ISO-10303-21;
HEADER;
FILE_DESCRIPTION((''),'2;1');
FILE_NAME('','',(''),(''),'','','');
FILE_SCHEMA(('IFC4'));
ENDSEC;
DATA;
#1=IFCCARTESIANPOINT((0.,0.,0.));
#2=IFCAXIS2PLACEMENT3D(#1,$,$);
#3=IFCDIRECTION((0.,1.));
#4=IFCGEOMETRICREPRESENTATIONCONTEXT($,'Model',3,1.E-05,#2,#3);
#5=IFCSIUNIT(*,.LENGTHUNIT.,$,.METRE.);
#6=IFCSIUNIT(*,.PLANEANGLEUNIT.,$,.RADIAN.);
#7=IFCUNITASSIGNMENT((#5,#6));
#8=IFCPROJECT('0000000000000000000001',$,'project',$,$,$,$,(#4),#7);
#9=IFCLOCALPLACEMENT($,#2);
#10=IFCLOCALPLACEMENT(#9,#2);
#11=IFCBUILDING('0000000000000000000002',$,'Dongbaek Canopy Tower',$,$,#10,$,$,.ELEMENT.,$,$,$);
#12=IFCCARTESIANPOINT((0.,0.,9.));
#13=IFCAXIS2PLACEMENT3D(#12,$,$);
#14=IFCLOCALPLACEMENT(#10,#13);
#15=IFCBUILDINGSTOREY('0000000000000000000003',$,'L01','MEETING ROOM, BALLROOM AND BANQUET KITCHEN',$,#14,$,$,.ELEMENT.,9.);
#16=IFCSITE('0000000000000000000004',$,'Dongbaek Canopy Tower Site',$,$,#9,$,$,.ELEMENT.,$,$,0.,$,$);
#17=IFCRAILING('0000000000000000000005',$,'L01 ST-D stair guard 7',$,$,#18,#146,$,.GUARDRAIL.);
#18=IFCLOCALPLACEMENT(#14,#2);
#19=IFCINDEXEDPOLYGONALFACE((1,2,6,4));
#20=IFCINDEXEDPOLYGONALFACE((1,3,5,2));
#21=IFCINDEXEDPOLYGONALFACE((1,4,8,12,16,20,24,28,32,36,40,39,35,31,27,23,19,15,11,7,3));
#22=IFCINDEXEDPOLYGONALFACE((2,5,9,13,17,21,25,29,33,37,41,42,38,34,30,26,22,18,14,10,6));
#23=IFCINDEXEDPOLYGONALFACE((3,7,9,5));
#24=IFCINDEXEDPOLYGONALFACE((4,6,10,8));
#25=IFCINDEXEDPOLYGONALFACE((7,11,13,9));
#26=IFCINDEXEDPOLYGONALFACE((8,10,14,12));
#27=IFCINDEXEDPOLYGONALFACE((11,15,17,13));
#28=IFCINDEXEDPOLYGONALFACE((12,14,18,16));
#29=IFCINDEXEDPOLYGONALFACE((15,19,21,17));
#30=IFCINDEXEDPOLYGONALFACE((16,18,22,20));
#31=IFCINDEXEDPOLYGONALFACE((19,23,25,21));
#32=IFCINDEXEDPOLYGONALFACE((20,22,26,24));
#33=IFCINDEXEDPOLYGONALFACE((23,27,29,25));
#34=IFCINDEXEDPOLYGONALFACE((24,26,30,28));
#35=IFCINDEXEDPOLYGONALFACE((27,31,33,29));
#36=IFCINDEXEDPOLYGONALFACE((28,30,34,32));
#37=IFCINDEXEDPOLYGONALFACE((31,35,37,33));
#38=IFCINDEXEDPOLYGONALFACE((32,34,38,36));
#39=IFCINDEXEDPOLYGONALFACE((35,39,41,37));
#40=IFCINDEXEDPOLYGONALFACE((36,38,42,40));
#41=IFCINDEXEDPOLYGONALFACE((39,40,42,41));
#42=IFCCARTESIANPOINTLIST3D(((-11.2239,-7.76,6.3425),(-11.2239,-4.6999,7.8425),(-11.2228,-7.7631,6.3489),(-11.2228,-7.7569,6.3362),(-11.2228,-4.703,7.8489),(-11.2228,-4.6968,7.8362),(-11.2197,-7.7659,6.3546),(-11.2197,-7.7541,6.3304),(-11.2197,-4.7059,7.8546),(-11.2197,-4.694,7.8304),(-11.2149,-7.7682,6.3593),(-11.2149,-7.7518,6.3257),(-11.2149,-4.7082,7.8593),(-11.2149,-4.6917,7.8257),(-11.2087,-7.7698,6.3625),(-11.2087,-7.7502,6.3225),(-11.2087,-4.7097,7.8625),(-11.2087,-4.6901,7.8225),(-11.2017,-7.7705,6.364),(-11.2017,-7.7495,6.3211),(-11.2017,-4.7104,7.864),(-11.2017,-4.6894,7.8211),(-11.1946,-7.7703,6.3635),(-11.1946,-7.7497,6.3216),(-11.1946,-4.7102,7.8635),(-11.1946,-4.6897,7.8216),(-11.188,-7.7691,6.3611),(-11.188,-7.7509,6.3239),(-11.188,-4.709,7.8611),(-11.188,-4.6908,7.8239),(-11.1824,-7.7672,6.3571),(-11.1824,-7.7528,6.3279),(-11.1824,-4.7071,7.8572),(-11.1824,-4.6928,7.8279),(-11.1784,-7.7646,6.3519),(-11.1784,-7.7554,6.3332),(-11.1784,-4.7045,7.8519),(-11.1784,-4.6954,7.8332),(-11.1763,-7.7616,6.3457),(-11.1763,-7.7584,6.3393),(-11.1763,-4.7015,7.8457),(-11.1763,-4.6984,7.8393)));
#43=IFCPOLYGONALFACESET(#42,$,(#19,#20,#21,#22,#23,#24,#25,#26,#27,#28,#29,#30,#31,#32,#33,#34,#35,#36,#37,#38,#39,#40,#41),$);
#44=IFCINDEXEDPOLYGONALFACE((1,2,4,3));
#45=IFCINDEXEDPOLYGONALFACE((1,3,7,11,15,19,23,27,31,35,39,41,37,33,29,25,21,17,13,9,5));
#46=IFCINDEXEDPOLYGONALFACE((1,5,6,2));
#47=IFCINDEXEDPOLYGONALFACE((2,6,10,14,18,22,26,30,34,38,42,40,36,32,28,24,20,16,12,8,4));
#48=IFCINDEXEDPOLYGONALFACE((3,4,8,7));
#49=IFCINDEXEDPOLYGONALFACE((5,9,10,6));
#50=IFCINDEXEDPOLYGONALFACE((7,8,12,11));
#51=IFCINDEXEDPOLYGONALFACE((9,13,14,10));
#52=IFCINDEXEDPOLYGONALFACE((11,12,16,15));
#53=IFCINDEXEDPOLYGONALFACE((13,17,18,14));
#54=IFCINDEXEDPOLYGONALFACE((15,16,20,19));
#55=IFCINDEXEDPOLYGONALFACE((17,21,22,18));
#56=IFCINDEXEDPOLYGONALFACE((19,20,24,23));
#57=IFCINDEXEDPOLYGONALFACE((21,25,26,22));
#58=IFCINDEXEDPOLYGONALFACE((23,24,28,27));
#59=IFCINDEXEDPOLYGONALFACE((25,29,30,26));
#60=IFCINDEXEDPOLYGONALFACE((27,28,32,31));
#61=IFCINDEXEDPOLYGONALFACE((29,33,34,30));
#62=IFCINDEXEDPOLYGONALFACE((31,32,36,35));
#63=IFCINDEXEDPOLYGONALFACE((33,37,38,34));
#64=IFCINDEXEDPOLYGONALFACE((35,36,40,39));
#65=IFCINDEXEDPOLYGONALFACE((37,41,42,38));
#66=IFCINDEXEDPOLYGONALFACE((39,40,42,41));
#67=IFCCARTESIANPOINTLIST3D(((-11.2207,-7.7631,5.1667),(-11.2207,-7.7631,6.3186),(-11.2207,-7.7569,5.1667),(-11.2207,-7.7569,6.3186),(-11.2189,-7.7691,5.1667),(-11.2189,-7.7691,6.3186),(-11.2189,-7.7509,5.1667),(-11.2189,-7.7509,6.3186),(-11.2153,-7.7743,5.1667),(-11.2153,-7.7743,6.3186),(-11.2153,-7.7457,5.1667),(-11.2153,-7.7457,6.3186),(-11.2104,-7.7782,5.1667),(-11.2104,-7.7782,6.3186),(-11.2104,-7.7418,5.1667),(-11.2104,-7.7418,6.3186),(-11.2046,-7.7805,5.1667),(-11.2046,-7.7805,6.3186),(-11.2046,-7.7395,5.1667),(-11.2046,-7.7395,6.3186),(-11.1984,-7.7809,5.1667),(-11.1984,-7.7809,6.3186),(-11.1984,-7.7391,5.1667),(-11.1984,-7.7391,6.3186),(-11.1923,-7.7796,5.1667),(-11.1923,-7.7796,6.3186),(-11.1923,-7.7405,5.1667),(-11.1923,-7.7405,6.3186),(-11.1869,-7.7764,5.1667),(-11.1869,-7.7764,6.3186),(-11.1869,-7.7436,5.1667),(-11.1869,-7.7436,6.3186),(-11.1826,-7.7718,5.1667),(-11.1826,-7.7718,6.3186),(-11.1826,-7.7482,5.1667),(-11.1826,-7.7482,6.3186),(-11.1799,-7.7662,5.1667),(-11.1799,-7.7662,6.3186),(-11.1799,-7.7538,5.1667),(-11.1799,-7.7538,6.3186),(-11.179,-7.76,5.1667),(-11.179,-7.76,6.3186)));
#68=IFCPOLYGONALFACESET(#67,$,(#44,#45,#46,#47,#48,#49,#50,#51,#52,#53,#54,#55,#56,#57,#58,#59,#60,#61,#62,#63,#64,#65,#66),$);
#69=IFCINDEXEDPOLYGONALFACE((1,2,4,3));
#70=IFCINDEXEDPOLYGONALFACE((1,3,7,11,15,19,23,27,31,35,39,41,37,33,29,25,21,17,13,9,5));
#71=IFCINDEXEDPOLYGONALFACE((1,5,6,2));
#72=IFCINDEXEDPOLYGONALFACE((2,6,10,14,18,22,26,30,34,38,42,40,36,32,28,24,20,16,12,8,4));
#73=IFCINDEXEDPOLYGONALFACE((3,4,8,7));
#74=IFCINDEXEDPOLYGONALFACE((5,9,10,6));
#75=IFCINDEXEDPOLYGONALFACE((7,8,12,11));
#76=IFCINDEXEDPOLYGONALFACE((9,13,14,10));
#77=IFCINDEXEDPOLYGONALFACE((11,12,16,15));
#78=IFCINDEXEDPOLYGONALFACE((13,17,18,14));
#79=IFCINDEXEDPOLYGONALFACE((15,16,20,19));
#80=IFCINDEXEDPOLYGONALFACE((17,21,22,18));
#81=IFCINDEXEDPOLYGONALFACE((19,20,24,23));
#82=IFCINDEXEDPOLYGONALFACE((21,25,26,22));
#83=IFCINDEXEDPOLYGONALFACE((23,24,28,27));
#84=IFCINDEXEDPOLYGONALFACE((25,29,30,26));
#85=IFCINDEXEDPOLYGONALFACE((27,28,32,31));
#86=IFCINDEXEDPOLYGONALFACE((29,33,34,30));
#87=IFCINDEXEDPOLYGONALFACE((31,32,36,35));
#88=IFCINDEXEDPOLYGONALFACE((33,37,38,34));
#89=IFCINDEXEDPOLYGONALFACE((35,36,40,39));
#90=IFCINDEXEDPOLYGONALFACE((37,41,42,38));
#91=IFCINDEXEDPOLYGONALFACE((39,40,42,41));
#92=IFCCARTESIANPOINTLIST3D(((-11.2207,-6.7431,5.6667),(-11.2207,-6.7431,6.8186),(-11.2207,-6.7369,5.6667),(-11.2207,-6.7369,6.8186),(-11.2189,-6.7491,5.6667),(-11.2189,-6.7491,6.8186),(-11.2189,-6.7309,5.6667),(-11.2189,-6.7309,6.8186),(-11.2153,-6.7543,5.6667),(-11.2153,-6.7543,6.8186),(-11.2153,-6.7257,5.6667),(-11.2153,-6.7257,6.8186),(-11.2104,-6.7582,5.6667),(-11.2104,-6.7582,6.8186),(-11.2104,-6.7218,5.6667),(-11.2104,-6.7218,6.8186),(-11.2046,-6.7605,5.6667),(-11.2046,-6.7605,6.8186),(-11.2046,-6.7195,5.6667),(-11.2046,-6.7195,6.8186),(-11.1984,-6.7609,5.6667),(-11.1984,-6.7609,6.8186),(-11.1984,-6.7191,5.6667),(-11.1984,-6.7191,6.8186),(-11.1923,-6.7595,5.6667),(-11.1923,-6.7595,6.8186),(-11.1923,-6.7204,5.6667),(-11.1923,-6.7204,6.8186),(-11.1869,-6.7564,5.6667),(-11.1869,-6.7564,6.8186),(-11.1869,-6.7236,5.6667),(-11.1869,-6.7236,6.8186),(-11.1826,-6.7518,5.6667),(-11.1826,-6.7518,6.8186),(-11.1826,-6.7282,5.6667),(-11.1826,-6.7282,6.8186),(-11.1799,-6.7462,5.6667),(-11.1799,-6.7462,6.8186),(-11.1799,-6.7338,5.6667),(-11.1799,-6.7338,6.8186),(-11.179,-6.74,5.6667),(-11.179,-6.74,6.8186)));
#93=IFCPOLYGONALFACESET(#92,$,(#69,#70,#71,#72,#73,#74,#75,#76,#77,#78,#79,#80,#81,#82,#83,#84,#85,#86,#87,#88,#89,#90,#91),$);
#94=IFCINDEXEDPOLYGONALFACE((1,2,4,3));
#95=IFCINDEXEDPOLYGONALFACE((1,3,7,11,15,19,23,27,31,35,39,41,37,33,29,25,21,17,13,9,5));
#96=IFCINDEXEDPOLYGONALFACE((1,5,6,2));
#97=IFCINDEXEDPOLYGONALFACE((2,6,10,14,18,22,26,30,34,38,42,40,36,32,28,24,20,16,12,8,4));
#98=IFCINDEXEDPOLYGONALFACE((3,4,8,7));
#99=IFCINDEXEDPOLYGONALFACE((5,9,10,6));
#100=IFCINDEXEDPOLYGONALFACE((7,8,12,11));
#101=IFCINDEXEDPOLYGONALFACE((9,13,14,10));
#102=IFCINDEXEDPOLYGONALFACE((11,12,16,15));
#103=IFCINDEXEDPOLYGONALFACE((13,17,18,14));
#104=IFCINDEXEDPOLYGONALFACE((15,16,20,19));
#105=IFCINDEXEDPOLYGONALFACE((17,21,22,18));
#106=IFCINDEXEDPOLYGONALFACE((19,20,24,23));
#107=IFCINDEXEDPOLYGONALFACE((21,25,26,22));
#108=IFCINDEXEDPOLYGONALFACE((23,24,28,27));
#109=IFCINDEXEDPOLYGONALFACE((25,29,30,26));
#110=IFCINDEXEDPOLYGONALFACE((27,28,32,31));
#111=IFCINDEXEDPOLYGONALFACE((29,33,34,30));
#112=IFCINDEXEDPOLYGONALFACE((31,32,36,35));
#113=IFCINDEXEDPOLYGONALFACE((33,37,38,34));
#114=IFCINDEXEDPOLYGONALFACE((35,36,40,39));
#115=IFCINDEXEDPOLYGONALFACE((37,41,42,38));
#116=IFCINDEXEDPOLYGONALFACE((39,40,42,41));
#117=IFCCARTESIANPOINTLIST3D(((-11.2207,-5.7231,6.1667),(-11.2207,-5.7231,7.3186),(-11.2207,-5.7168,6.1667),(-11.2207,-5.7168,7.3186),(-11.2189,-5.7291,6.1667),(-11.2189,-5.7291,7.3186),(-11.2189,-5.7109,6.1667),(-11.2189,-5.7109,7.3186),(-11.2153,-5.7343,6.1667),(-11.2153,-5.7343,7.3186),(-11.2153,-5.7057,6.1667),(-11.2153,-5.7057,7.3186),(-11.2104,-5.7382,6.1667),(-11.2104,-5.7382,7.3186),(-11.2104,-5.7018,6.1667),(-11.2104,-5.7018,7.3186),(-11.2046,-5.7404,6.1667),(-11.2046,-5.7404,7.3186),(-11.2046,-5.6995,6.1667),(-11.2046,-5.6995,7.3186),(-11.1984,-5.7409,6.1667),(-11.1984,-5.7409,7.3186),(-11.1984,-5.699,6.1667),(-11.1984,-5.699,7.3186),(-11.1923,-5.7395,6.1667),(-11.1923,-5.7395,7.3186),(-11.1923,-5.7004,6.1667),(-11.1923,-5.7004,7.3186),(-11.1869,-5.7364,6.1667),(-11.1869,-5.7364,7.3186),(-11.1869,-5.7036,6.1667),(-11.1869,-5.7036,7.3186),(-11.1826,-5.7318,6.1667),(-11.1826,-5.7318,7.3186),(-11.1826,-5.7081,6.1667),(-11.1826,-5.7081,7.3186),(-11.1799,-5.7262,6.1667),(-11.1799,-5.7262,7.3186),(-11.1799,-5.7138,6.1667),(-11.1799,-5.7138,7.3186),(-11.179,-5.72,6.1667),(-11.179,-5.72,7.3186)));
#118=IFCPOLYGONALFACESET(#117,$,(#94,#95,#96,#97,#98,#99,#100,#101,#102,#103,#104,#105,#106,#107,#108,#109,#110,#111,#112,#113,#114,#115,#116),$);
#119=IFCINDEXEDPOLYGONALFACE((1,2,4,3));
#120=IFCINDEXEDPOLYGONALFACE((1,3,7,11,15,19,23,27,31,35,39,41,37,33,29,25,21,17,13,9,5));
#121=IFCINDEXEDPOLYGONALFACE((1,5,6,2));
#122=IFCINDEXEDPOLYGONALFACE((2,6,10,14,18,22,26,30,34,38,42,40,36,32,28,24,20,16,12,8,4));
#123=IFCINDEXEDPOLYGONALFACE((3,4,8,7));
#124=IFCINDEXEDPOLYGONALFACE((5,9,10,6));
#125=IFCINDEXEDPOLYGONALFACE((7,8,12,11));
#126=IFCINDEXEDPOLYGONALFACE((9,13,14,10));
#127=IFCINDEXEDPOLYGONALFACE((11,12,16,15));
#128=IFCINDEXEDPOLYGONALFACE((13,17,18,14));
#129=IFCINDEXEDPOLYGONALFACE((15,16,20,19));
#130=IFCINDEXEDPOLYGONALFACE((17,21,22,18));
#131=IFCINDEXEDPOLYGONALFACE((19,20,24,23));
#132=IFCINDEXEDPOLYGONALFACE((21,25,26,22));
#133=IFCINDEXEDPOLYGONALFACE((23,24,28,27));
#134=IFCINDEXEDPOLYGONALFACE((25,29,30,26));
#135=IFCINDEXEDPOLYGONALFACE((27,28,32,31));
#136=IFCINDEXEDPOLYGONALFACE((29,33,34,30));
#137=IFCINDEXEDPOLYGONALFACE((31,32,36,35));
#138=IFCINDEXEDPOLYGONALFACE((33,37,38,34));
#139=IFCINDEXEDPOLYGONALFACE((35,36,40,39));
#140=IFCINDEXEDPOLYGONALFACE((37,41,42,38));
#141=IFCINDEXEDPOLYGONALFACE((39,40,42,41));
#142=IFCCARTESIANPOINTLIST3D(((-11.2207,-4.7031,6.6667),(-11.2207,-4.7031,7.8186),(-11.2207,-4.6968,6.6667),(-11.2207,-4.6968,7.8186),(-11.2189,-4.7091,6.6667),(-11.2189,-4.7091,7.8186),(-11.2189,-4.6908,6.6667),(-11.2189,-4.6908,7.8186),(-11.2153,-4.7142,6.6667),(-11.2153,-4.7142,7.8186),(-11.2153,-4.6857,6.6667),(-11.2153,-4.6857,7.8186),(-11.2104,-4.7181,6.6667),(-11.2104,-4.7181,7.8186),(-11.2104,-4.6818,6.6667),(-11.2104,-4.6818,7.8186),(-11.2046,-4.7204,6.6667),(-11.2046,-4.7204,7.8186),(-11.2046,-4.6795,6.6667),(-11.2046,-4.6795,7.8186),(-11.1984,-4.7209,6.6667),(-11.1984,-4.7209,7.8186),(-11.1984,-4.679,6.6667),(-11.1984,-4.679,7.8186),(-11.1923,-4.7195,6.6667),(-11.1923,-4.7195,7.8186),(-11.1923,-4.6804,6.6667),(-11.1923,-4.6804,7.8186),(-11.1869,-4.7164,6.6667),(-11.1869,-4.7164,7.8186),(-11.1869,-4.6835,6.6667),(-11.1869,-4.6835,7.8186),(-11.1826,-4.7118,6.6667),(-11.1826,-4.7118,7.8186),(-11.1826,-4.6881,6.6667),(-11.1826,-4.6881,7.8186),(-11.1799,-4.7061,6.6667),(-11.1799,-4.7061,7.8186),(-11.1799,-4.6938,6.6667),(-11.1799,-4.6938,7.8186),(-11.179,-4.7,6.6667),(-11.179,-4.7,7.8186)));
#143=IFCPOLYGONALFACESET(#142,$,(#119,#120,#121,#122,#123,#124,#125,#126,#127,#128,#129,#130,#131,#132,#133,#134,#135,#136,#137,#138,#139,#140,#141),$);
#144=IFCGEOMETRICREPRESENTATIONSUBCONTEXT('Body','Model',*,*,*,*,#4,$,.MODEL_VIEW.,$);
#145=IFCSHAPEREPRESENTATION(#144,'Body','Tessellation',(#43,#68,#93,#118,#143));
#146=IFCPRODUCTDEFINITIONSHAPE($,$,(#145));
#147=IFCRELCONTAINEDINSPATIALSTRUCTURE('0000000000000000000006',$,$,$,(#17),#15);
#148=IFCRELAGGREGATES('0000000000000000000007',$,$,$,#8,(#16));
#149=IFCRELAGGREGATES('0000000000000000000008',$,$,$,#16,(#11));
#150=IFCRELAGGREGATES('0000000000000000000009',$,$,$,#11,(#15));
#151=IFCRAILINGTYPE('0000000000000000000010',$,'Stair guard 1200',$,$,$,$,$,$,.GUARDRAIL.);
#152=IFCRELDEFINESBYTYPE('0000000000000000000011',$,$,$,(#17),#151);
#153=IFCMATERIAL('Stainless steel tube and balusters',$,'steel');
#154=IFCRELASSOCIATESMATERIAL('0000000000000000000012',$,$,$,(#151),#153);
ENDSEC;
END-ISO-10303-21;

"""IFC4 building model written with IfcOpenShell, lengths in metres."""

from ifc_helpers import new_model, si_unit, direction, frame, origin, origin_2d, place, context, subcontext, project, spatial, circle, extrude, material, type_object, element, save


model = new_model("IFC4")

# Units and contexts
model_context = context("Model", 3, precision=1e-05, world=origin(), true_north=direction((0.0, 1.0)))
body_context = subcontext(model_context, "Body", "Model", "MODEL_VIEW")
ifc_project = project(units=[si_unit("LENGTHUNIT", "METRE"), si_unit("PLANEANGLEUNIT", "RADIAN")], contexts=[model_context])

# Site, building, storey
site_placement = place(None, origin())
site = spatial("IfcSite", under=ifc_project, at=site_placement, Name="Dongbaek Canopy Tower Site", CompositionType="ELEMENT", RefElevation=0.0)
building_placement = place(site_placement, origin())
building = spatial("IfcBuilding", under=site, at=building_placement, Name="Dongbaek Canopy Tower", CompositionType="ELEMENT")
storey_placement = place(building_placement, frame((0.0, 0.0, 9.0)))
storey = spatial("IfcBuildingStorey", under=building, at=storey_placement, Name="L01", Description="MEETING ROOM, BALLROOM AND BANQUET KITCHEN", CompositionType="ELEMENT", Elevation=9.0)

# Railing
ifc_material_1 = material(Name="Stainless steel tube and balusters", Category="steel")
railing_type_1 = type_object("IfcRailingType", Name="Stair guard 1200", PredefinedType="GUARDRAIL", material=ifc_material_1)
railing_1_placement = place(storey_placement, frame((-11.2, -7.76, 5.1667)))
element("IfcRailing", 1, at=railing_1_placement, inside=storey, type_object=railing_type_1, Name="L01 ST-D stair guard 7", PredefinedType="GUARDRAIL", context=body_context, shape_type="SweptSolid", body=[
    extrude(circle(Radius=0.0239, at=origin_2d()), frame((0.0, 0.0, 1.1758), z_axis=(0.0, 0.897924, 0.44015), x_axis=(-1.0, 0.0, 0.0)), (0.0, 0.0, 1.0), 3.408),
    extrude(circle(Radius=0.021, at=origin_2d()), origin(), (0.0, 0.0, 1.0), 1.1519),
    extrude(circle(Radius=0.021, at=origin_2d()), frame((0.0, 1.02, 0.5)), (0.0, 0.0, 1.0), 1.1519),
    extrude(circle(Radius=0.021, at=origin_2d()), frame((0.0, 2.04, 1.0)), (0.0, 0.0, 1.0), 1.1519),
    extrude(circle(Radius=0.021, at=origin_2d()), frame((0.0, 3.0601, 1.5)), (0.0, 0.0, 1.0), 1.1519),
])

save(model, "model.ifc")
